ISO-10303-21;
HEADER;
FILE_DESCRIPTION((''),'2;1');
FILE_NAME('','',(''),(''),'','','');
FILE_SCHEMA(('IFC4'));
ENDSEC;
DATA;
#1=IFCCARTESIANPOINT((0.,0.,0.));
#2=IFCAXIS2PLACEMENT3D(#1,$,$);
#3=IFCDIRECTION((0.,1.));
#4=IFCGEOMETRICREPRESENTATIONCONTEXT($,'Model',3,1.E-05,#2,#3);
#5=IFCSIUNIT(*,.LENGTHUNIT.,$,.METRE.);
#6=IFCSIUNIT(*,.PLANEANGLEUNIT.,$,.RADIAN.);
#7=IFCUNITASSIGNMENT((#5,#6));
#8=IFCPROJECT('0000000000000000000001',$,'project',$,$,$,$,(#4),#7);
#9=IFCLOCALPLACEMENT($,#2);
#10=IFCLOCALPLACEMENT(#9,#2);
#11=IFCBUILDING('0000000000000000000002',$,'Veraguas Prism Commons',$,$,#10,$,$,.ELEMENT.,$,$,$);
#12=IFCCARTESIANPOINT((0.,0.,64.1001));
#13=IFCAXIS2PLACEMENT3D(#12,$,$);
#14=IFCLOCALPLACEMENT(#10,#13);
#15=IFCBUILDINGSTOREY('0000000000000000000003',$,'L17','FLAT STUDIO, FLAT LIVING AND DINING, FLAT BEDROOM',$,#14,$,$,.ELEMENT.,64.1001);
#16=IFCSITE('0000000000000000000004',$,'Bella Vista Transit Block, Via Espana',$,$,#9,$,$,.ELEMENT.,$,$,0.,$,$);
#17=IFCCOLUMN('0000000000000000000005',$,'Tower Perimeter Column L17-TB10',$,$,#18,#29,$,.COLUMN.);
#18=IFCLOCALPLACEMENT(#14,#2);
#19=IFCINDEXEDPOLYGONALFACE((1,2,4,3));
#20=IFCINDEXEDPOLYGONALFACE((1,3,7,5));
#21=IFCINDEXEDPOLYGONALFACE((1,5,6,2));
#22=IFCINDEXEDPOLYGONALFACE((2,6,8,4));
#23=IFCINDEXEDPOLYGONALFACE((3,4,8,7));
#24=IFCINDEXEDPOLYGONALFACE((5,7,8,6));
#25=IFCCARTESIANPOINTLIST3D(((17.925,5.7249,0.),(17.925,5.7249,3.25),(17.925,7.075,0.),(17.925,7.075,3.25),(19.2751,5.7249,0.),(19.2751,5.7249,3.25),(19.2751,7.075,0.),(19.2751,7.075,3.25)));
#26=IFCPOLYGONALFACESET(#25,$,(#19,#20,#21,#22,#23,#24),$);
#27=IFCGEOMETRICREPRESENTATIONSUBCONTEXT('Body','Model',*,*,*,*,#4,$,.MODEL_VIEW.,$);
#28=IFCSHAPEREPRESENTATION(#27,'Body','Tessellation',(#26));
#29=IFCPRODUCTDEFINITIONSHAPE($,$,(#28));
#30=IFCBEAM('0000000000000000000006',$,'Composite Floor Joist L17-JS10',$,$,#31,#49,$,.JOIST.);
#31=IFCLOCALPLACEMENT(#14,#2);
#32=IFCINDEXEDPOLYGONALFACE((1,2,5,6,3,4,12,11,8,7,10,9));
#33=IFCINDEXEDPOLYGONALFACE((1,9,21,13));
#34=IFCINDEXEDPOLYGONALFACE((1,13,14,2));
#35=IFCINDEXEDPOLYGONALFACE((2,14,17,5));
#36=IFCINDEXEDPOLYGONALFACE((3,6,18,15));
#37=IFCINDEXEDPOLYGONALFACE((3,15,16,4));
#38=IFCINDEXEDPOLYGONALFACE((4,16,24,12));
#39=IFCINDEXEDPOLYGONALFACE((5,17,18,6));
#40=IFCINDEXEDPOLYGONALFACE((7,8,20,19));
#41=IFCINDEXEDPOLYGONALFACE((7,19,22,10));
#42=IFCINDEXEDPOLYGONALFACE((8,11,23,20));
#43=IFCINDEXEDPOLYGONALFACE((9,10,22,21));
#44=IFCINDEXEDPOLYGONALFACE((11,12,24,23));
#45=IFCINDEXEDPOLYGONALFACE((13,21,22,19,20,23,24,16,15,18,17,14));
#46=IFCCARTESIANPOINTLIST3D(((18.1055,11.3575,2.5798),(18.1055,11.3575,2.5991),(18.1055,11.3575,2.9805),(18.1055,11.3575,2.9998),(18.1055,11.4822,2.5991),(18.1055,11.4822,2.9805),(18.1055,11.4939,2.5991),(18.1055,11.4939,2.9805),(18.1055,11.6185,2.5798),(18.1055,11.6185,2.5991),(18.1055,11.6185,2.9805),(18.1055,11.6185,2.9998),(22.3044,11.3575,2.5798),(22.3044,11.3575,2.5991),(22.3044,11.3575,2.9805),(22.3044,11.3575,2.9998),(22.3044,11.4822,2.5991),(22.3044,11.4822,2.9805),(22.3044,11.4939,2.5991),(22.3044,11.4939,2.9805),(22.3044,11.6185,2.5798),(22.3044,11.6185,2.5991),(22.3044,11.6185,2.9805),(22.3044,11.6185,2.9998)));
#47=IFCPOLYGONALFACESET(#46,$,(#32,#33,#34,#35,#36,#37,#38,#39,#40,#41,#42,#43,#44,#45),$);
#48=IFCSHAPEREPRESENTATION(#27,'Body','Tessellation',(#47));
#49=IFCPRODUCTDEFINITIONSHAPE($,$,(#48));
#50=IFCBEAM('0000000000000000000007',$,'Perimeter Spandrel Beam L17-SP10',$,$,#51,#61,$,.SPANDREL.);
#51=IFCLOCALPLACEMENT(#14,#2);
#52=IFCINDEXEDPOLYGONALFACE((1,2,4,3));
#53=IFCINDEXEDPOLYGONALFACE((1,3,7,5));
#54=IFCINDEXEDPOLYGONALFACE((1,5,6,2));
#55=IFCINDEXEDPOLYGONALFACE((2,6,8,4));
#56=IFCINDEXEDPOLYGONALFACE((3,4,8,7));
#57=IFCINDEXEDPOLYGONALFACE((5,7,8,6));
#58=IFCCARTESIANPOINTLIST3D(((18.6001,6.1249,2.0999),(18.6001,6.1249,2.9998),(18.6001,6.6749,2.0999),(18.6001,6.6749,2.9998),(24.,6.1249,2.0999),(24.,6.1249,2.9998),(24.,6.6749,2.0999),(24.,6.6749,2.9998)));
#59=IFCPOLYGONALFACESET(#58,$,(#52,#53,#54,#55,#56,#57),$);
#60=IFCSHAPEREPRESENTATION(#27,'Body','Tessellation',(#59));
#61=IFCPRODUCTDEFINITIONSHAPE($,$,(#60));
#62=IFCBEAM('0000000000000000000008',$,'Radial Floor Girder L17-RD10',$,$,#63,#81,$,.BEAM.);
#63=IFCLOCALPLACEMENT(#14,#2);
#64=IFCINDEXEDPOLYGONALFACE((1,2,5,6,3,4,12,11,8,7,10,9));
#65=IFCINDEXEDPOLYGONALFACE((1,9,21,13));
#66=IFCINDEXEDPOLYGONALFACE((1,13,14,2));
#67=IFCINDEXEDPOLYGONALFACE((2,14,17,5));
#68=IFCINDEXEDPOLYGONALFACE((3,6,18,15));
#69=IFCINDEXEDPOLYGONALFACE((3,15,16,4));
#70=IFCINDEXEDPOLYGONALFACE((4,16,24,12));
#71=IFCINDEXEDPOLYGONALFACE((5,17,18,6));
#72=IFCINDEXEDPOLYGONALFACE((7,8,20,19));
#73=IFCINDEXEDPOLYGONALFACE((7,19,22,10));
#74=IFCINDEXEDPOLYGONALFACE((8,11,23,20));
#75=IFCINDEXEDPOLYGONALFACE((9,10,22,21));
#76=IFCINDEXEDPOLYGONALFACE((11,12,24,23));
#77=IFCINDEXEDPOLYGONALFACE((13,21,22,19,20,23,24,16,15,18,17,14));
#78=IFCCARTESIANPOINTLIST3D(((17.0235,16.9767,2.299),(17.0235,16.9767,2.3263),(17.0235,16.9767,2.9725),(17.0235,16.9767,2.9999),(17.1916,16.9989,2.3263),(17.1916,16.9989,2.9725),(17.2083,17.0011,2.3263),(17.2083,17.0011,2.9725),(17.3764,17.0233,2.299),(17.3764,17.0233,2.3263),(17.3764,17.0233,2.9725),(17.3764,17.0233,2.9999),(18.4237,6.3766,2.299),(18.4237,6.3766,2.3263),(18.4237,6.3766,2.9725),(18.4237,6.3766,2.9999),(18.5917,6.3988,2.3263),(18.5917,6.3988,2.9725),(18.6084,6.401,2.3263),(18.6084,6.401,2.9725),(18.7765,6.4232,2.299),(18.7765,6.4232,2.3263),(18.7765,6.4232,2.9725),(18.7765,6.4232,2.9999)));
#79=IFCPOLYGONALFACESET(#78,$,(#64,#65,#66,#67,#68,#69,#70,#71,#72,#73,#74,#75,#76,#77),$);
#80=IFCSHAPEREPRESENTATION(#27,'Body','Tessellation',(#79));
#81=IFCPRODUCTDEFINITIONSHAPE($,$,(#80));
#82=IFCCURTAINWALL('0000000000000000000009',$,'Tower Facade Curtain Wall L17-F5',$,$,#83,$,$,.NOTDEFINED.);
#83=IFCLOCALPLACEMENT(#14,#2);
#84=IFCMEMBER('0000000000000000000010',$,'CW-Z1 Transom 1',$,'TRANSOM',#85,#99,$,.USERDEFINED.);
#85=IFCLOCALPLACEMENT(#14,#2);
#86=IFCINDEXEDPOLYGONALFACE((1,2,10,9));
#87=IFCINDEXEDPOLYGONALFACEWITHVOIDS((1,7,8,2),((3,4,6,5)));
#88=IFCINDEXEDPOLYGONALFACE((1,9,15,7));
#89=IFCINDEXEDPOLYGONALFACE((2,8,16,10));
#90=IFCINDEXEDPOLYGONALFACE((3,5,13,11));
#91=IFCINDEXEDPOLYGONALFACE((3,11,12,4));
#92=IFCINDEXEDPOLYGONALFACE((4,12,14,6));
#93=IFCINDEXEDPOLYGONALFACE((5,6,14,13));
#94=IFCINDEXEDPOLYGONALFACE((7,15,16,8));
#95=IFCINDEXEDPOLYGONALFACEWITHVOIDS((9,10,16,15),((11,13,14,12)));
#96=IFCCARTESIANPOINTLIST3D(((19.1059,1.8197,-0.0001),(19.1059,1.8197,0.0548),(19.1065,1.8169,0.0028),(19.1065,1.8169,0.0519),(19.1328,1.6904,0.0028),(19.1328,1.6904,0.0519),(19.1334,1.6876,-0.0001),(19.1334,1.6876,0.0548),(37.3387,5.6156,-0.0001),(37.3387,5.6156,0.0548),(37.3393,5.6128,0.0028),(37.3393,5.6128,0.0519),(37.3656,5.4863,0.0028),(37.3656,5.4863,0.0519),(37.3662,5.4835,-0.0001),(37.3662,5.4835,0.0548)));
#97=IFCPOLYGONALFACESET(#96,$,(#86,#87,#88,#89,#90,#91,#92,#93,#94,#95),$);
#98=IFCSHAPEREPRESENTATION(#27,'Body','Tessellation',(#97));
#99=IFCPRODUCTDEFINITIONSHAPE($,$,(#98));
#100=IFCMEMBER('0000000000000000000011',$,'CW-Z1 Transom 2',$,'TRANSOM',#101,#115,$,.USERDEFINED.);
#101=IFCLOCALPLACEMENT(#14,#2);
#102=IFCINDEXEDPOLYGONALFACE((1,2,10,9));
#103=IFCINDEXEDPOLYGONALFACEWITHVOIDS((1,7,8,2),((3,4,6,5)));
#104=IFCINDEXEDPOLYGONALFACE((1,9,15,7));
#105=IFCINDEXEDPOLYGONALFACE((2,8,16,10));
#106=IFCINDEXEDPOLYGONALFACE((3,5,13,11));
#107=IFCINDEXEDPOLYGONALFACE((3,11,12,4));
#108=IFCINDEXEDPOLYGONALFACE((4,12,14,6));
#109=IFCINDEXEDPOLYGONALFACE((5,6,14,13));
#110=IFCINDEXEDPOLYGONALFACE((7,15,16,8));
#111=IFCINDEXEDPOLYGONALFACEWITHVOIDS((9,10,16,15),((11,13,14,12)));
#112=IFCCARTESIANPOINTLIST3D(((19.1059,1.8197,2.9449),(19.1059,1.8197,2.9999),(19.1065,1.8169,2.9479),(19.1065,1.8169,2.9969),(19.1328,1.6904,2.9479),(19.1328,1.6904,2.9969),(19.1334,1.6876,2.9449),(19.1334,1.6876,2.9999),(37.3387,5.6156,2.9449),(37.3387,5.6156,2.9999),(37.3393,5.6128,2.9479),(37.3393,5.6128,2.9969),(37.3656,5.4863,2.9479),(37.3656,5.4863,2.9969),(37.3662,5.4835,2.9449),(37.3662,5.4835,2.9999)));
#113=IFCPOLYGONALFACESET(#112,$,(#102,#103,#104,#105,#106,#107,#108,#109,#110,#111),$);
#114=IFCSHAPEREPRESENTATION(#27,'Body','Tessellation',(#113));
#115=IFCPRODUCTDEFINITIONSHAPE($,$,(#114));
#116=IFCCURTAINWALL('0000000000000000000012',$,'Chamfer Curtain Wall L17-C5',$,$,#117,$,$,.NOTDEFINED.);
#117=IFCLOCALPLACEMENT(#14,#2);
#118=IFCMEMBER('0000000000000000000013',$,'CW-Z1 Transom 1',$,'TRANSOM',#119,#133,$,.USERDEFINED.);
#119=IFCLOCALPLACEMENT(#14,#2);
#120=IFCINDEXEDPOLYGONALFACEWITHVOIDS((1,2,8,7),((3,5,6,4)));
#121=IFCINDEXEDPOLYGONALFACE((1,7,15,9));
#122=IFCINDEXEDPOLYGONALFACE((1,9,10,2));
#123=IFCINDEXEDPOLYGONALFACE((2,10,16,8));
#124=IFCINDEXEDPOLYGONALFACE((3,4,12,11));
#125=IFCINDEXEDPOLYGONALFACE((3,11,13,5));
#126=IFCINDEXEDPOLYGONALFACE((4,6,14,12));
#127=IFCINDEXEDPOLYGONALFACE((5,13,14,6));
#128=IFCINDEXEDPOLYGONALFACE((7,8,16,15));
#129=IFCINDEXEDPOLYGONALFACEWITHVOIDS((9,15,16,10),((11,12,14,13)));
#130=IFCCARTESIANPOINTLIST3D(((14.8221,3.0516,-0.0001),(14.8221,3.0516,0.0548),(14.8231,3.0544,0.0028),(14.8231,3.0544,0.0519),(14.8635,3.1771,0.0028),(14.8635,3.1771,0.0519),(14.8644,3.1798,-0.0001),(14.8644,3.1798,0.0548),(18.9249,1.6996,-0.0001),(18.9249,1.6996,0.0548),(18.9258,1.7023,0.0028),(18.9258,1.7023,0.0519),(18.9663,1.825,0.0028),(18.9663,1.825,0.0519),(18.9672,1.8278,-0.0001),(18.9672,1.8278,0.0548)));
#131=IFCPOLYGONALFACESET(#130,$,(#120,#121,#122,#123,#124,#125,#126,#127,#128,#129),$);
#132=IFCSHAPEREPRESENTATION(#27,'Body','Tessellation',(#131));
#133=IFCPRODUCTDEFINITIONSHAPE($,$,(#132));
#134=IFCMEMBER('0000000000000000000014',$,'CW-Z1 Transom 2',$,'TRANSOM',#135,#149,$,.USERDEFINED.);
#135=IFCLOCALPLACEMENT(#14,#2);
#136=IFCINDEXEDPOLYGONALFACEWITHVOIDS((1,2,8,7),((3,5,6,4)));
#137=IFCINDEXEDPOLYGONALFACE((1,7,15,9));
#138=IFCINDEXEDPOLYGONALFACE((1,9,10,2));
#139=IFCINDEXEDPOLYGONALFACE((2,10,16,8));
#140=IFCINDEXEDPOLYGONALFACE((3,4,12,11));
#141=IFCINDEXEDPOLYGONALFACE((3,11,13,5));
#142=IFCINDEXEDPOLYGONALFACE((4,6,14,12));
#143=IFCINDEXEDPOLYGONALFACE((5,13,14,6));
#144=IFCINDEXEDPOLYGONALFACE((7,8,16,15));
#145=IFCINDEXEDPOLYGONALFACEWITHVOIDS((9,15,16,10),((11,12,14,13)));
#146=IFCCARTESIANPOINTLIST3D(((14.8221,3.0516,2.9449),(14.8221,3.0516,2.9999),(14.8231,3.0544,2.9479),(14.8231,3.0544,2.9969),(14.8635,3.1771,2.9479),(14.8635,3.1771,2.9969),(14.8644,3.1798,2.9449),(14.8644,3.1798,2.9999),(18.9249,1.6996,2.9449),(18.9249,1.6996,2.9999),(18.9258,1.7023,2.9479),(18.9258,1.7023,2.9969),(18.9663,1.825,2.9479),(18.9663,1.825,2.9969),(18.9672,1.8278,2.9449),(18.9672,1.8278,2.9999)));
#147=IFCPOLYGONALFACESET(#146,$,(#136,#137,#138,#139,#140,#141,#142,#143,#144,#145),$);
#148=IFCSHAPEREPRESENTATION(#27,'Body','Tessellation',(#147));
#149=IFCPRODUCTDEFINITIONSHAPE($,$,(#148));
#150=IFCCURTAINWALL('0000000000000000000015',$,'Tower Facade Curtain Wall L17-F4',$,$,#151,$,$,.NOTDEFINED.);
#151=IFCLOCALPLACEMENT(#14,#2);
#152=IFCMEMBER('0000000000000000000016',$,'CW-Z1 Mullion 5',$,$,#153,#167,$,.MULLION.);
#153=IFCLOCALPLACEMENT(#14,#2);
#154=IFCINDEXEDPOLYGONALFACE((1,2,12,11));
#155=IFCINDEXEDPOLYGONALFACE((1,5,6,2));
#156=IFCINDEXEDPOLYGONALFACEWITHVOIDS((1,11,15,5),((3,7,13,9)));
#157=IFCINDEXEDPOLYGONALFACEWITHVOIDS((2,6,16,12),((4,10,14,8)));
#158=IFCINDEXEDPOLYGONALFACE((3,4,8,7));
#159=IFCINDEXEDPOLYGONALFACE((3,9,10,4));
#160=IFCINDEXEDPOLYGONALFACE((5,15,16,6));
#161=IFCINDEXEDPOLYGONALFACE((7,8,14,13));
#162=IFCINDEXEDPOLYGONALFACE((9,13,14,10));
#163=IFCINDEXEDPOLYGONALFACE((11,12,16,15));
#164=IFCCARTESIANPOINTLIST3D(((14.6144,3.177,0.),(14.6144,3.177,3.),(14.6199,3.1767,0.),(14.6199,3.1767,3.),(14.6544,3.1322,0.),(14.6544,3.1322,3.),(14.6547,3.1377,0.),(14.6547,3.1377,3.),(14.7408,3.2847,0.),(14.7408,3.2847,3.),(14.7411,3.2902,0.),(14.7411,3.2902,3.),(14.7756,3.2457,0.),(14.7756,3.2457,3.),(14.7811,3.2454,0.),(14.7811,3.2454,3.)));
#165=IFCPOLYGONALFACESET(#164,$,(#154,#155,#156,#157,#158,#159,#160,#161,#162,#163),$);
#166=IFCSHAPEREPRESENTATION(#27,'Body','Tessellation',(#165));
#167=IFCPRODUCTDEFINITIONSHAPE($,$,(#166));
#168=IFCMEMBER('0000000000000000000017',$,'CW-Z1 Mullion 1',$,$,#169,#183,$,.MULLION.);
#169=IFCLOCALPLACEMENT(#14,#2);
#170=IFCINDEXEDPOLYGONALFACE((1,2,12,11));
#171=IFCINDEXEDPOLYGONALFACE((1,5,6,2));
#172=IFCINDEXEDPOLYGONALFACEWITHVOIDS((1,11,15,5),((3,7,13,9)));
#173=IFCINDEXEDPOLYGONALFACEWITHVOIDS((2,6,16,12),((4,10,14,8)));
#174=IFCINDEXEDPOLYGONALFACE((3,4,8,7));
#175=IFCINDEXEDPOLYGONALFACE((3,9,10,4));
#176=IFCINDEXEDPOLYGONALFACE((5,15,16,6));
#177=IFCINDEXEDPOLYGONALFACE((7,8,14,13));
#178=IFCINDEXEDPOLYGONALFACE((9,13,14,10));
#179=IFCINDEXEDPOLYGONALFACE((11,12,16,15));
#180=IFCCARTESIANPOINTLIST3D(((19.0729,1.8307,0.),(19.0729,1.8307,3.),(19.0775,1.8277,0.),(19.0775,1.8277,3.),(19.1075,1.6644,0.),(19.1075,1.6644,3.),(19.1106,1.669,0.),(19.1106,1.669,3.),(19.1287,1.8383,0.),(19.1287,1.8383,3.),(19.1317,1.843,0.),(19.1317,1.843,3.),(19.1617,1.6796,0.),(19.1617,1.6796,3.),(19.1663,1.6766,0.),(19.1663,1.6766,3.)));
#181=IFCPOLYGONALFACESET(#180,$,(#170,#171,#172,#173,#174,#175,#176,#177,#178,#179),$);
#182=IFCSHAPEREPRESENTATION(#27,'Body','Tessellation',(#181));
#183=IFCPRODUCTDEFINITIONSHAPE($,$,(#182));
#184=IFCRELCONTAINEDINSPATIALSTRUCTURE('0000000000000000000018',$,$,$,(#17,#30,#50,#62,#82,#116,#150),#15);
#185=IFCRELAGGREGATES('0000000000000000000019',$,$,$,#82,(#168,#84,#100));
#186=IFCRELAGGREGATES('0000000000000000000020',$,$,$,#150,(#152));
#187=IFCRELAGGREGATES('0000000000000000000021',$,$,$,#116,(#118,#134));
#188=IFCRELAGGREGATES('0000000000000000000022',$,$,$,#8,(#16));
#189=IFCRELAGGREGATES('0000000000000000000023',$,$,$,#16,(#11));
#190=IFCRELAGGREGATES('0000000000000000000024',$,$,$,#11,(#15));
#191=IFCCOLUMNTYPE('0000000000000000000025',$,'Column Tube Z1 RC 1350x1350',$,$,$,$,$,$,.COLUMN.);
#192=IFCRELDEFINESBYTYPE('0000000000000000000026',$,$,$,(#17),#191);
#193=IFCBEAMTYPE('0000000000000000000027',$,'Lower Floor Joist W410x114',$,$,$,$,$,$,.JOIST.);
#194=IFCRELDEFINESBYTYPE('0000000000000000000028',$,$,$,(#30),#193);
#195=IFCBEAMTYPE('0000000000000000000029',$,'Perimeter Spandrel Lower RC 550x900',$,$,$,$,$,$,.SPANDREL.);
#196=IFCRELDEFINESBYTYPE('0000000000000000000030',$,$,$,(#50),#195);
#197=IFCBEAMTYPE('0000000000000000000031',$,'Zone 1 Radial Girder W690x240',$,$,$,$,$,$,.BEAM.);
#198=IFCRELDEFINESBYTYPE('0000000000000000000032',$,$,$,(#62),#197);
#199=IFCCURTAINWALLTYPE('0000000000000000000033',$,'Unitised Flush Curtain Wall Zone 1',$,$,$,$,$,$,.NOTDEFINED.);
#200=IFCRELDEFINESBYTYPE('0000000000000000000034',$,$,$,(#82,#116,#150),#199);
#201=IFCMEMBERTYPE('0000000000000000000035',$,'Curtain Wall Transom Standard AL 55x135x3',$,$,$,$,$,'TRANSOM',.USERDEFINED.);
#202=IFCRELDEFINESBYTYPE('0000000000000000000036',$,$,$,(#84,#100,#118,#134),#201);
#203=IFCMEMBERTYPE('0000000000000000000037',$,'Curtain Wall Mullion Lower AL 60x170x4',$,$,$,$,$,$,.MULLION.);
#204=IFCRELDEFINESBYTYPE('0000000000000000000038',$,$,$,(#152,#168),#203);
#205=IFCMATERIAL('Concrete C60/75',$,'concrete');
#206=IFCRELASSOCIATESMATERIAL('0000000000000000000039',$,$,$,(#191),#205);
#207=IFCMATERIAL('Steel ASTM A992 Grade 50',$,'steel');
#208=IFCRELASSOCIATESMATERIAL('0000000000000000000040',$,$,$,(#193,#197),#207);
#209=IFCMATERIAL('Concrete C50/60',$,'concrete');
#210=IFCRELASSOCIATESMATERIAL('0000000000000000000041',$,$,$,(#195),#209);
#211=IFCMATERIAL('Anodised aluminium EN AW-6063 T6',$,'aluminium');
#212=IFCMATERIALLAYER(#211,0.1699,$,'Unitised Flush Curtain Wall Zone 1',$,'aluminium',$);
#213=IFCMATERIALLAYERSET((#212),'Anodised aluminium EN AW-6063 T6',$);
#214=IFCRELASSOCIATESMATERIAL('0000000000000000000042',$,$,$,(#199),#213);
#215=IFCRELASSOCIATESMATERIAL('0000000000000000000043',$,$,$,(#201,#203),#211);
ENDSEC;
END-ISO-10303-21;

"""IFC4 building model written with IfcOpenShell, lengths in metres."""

from ifc_helpers import new_model, si_unit, direction, frame, origin, origin_2d, place, context, subcontext, project, spatial, rectangle, hollow_rectangle, i_section, extrude, source, transform, mapped, material, layer, layer_set, material_profile, profile_set, type_object, element, aggregate, save


model = new_model("IFC4")

# Units and contexts
model_context = context("Model", 3, precision=1e-05, world=origin(), true_north=direction((0.0, 1.0)))
body_context = subcontext(model_context, "Body", "Model", "MODEL_VIEW")
ifc_project = project(units=[si_unit("LENGTHUNIT", "METRE"), si_unit("PLANEANGLEUNIT", "RADIAN")], contexts=[model_context])

# Site, building, storey
site_placement = place(None, origin())
site = spatial("IfcSite", under=ifc_project, at=site_placement, Name="Bella Vista Transit Block, Via Espana", CompositionType="ELEMENT", RefElevation=0.0)
building_placement = place(site_placement, origin())
building = spatial("IfcBuilding", under=site, at=building_placement, Name="Veraguas Prism Commons", CompositionType="ELEMENT")
storey_placement = place(building_placement, frame((0.0, 0.0, 64.1001)))
storey = spatial("IfcBuildingStorey", under=building, at=storey_placement, Name="L17", Description="FLAT STUDIO, FLAT LIVING AND DINING, FLAT BEDROOM", CompositionType="ELEMENT", Elevation=64.1001)

# Column
ifc_material_1 = material(Name="Concrete C60/75", Category="concrete")
ifc_material_profile_1 = material_profile(ifc_material_1, rectangle(XDim=1.3501, YDim=1.3501, at=origin_2d()), Name="RC1350X1350")
ifc_profile_set_1 = profile_set([ifc_material_profile_1], Name="Concrete C60/75")
column_type = type_object("IfcColumnType", Name="Column Tube Z1 RC 1350x1350", PredefinedType="COLUMN", material=ifc_profile_set_1)
column_placement = place(storey_placement, frame((18.6001, 6.3999, 0.0), z_axis=(0.0, 0.0, 1.0), x_axis=(1.0, 0.0, 0.0)))
element("IfcColumn", 1, at=column_placement, inside=storey, type_object=column_type, Name="Tower Perimeter Column L17-TB10", PredefinedType="COLUMN", context=body_context, shape_type="SweptSolid", body=[
    extrude(rectangle(XDim=1.3501, YDim=1.3501, at=origin_2d()), origin(), (0.0, 0.0, 1.0), 3.25),
])

# Beams
ifc_material_2 = material(Name="Steel ASTM A992 Grade 50", Category="steel")
ifc_material_profile_2 = material_profile(ifc_material_2, i_section(OverallWidth=0.261, OverallDepth=0.4199, WebThickness=0.0117, FlangeThickness=0.0193, at=origin_2d()), Name="W410X114")
ifc_profile_set_2 = profile_set([ifc_material_profile_2], Name="Steel ASTM A992 Grade 50")
beam_type_1 = type_object("IfcBeamType", Name="Lower Floor Joist W410x114", PredefinedType="JOIST", material=ifc_profile_set_2)
beam_1_placement = place(storey_placement, frame((18.1055, 11.488, 2.7898), z_axis=(1.0, 0.0, 0.0), x_axis=(0.0, 1.0, 0.0)))
element("IfcBeam", 2, at=beam_1_placement, inside=storey, type_object=beam_type_1, Name="Composite Floor Joist L17-JS10", PredefinedType="JOIST", context=body_context, shape_type="SweptSolid", body=[
    extrude(i_section(OverallWidth=0.261, OverallDepth=0.4199, WebThickness=0.0117, FlangeThickness=0.0193, at=origin_2d()), origin(), (0.0, 0.0, 1.0), 4.199),
])
ifc_material_3 = material(Name="Concrete C50/60", Category="concrete")
ifc_material_profile_3 = material_profile(ifc_material_3, rectangle(XDim=0.55, YDim=0.8999, at=origin_2d()), Name="RC550X900")
ifc_profile_set_3 = profile_set([ifc_material_profile_3], Name="Concrete C50/60")
beam_type_2 = type_object("IfcBeamType", Name="Perimeter Spandrel Lower RC 550x900", PredefinedType="SPANDREL", material=ifc_profile_set_3)
beam_2_placement = place(storey_placement, frame((18.6001, 6.3999, 2.5498), z_axis=(1.0, 0.0, 0.0), x_axis=(0.0, 1.0, 0.0)))
element("IfcBeam", 3, at=beam_2_placement, inside=storey, type_object=beam_type_2, Name="Perimeter Spandrel Beam L17-SP10", PredefinedType="SPANDREL", context=body_context, shape_type="SweptSolid", body=[
    extrude(rectangle(XDim=0.55, YDim=0.8999, at=origin_2d()), origin(), (0.0, 0.0, 1.0), 5.3999),
])
ifc_material_profile_4 = material_profile(ifc_material_2, i_section(OverallWidth=0.356, OverallDepth=0.7009, WebThickness=0.0168, FlangeThickness=0.0273, at=origin_2d()), Name="W690X240")
ifc_profile_set_4 = profile_set([ifc_material_profile_4], Name="Steel ASTM A992 Grade 50")
beam_type_3 = type_object("IfcBeamType", Name="Zone 1 Radial Girder W690x240", PredefinedType="BEAM", material=ifc_profile_set_4)
beam_3_placement = place(storey_placement, frame((18.6001, 6.3999, 2.6494), z_axis=(-0.130951, 0.991389, 0.0), x_axis=(-0.991389, -0.130951, 0.0)))
element("IfcBeam", 4, at=beam_3_placement, inside=storey, type_object=beam_type_3, Name="Radial Floor Girder L17-RD10", PredefinedType="BEAM", context=body_context, shape_type="SweptSolid", body=[
    extrude(i_section(OverallWidth=0.356, OverallDepth=0.7009, WebThickness=0.0168, FlangeThickness=0.0273, at=origin_2d()), origin(), (0.0, 0.0, 1.0), 10.6921),
])

# Curtain walls, members
ifc_material_4 = material(Name="Anodised aluminium EN AW-6063 T6", Category="aluminium")
ifc_layer_1 = layer(ifc_material_4, 0.1699, Name="Unitised Flush Curtain Wall Zone 1", Category="aluminium")
ifc_layer_set_1 = layer_set([ifc_layer_1], Name="Anodised aluminium EN AW-6063 T6")
curtain_wall_type = type_object("IfcCurtainWallType", Name="Unitised Flush Curtain Wall Zone 1", PredefinedType="NOTDEFINED", material=ifc_layer_set_1)
curtain_wall_1_placement = place(storey_placement, origin())
curtain_wall_1 = element("IfcCurtainWall", 5, at=curtain_wall_1_placement, inside=storey, type_object=curtain_wall_type, Name="Tower Facade Curtain Wall L17-F5", PredefinedType="NOTDEFINED")
ifc_material_profile_5 = material_profile(ifc_material_4, hollow_rectangle(XDim=0.0549, YDim=0.135, WallThickness=0.0029, at=origin_2d()), Name="AL55X135X3")
ifc_profile_set_5 = profile_set([ifc_material_profile_5], Name="Anodised aluminium EN AW-6063 T6")
member_type_1 = type_object("IfcMemberType", Name="Curtain Wall Transom Standard AL 55x135x3", ElementType="TRANSOM", PredefinedType="USERDEFINED", material=ifc_profile_set_5)
shared_shape_1 = source(origin(), body_context, "Body", "SweptSolid", [
    extrude(hollow_rectangle(XDim=0.0549, YDim=0.135, WallThickness=0.0029, at=origin_2d()), origin(), (0.0, 0.0, 1.0), 18.6238),
])
member_1_placement = place(storey_placement, frame((19.1196, 1.7537, 0.0273), z_axis=(0.979009, 0.203819, 0.0), x_axis=(0.0, 0.0, 1.0)))
member_1 = element("IfcMember", 6, at=member_1_placement, type_object=member_type_1, Name="CW-Z1 Transom 1", ObjectType="TRANSOM", PredefinedType="USERDEFINED", context=body_context, shape_type="MappedRepresentation", body=[
    mapped(shared_shape_1, transform((0.0, 0.0, 0.0), scale=1.0)),
])
member_2_placement = place(storey_placement, frame((19.1196, 1.7537, 2.9724), z_axis=(0.979009, 0.203819, 0.0), x_axis=(0.0, 0.0, 1.0)))
member_2 = element("IfcMember", 7, at=member_2_placement, type_object=member_type_1, Name="CW-Z1 Transom 2", ObjectType="TRANSOM", PredefinedType="USERDEFINED", context=body_context, shape_type="MappedRepresentation", body=[
    mapped(shared_shape_1, transform((0.0, 0.0, 0.0), scale=1.0)),
])
curtain_wall_2_placement = place(storey_placement, origin())
curtain_wall_2 = element("IfcCurtainWall", 8, at=curtain_wall_2_placement, inside=storey, type_object=curtain_wall_type, Name="Chamfer Curtain Wall L17-C5", PredefinedType="NOTDEFINED")
shared_shape_2 = source(origin(), body_context, "Body", "SweptSolid", [
    extrude(hollow_rectangle(XDim=0.0549, YDim=0.135, WallThickness=0.0029, at=origin_2d()), origin(), (0.0, 0.0, 1.0), 4.3198),
])
member_3_placement = place(storey_placement, frame((14.8433, 3.1157, 0.0273), z_axis=(0.949757, -0.312988, 0.0), x_axis=(0.0, 0.0, 1.0)))
member_3 = element("IfcMember", 9, at=member_3_placement, type_object=member_type_1, Name="CW-Z1 Transom 1", ObjectType="TRANSOM", PredefinedType="USERDEFINED", context=body_context, shape_type="MappedRepresentation", body=[
    mapped(shared_shape_2, transform((0.0, 0.0, 0.0), scale=1.0)),
])
member_4_placement = place(storey_placement, frame((14.8433, 3.1157, 2.9724), z_axis=(0.949757, -0.312988, 0.0), x_axis=(0.0, 0.0, 1.0)))
member_4 = element("IfcMember", 10, at=member_4_placement, type_object=member_type_1, Name="CW-Z1 Transom 2", ObjectType="TRANSOM", PredefinedType="USERDEFINED", context=body_context, shape_type="MappedRepresentation", body=[
    mapped(shared_shape_2, transform((0.0, 0.0, 0.0), scale=1.0)),
])

# Curtain wall, member
curtain_wall_3_placement = place(storey_placement, origin())
curtain_wall_3 = element("IfcCurtainWall", 11, at=curtain_wall_3_placement, inside=storey, type_object=curtain_wall_type, Name="Tower Facade Curtain Wall L17-F4", PredefinedType="NOTDEFINED")
ifc_material_profile_6 = material_profile(ifc_material_4, hollow_rectangle(XDim=0.0601, YDim=0.1699, WallThickness=0.0039, at=origin_2d()), Name="AL60X170X4")
ifc_profile_set_6 = profile_set([ifc_material_profile_6], Name="Anodised aluminium EN AW-6063 T6")
member_type_2 = type_object("IfcMemberType", Name="Curtain Wall Mullion Lower AL 60x170x4", PredefinedType="MULLION", material=ifc_profile_set_6)
shared_shape_3 = source(origin(), body_context, "Body", "SweptSolid", [
    extrude(hollow_rectangle(XDim=0.0601, YDim=0.1699, WallThickness=0.0039, at=origin_2d()), origin(), (0.0, 0.0, 1.0), 3.0),
])
member_5_placement = place(storey_placement, frame((14.6978, 3.2112, 0.0), z_axis=(0.0, 0.0, 1.0), x_axis=(0.666012, -0.745941, 0.0)))
member_5 = element("IfcMember", 12, at=member_5_placement, type_object=member_type_2, Name="CW-Z1 Mullion 5", PredefinedType="MULLION", context=body_context, shape_type="MappedRepresentation", body=[
    mapped(shared_shape_3, transform((0.0, 0.0, 0.0), scale=1.0)),
])

# Member
member_6_placement = place(storey_placement, frame((19.1196, 1.7537, 0.0), z_axis=(0.0, 0.0, 1.0), x_axis=(0.979009, 0.203818, 0.0)))
member_6 = element("IfcMember", 13, at=member_6_placement, type_object=member_type_2, Name="CW-Z1 Mullion 1", PredefinedType="MULLION", context=body_context, shape_type="MappedRepresentation", body=[
    mapped(shared_shape_3, transform((0.0, 0.0, 0.0), scale=1.0)),
])
aggregate(curtain_wall_1, [member_6, member_1, member_2])

aggregate(curtain_wall_3, [member_5])
aggregate(curtain_wall_2, [member_3, member_4])

save(model, "model.ifc")
